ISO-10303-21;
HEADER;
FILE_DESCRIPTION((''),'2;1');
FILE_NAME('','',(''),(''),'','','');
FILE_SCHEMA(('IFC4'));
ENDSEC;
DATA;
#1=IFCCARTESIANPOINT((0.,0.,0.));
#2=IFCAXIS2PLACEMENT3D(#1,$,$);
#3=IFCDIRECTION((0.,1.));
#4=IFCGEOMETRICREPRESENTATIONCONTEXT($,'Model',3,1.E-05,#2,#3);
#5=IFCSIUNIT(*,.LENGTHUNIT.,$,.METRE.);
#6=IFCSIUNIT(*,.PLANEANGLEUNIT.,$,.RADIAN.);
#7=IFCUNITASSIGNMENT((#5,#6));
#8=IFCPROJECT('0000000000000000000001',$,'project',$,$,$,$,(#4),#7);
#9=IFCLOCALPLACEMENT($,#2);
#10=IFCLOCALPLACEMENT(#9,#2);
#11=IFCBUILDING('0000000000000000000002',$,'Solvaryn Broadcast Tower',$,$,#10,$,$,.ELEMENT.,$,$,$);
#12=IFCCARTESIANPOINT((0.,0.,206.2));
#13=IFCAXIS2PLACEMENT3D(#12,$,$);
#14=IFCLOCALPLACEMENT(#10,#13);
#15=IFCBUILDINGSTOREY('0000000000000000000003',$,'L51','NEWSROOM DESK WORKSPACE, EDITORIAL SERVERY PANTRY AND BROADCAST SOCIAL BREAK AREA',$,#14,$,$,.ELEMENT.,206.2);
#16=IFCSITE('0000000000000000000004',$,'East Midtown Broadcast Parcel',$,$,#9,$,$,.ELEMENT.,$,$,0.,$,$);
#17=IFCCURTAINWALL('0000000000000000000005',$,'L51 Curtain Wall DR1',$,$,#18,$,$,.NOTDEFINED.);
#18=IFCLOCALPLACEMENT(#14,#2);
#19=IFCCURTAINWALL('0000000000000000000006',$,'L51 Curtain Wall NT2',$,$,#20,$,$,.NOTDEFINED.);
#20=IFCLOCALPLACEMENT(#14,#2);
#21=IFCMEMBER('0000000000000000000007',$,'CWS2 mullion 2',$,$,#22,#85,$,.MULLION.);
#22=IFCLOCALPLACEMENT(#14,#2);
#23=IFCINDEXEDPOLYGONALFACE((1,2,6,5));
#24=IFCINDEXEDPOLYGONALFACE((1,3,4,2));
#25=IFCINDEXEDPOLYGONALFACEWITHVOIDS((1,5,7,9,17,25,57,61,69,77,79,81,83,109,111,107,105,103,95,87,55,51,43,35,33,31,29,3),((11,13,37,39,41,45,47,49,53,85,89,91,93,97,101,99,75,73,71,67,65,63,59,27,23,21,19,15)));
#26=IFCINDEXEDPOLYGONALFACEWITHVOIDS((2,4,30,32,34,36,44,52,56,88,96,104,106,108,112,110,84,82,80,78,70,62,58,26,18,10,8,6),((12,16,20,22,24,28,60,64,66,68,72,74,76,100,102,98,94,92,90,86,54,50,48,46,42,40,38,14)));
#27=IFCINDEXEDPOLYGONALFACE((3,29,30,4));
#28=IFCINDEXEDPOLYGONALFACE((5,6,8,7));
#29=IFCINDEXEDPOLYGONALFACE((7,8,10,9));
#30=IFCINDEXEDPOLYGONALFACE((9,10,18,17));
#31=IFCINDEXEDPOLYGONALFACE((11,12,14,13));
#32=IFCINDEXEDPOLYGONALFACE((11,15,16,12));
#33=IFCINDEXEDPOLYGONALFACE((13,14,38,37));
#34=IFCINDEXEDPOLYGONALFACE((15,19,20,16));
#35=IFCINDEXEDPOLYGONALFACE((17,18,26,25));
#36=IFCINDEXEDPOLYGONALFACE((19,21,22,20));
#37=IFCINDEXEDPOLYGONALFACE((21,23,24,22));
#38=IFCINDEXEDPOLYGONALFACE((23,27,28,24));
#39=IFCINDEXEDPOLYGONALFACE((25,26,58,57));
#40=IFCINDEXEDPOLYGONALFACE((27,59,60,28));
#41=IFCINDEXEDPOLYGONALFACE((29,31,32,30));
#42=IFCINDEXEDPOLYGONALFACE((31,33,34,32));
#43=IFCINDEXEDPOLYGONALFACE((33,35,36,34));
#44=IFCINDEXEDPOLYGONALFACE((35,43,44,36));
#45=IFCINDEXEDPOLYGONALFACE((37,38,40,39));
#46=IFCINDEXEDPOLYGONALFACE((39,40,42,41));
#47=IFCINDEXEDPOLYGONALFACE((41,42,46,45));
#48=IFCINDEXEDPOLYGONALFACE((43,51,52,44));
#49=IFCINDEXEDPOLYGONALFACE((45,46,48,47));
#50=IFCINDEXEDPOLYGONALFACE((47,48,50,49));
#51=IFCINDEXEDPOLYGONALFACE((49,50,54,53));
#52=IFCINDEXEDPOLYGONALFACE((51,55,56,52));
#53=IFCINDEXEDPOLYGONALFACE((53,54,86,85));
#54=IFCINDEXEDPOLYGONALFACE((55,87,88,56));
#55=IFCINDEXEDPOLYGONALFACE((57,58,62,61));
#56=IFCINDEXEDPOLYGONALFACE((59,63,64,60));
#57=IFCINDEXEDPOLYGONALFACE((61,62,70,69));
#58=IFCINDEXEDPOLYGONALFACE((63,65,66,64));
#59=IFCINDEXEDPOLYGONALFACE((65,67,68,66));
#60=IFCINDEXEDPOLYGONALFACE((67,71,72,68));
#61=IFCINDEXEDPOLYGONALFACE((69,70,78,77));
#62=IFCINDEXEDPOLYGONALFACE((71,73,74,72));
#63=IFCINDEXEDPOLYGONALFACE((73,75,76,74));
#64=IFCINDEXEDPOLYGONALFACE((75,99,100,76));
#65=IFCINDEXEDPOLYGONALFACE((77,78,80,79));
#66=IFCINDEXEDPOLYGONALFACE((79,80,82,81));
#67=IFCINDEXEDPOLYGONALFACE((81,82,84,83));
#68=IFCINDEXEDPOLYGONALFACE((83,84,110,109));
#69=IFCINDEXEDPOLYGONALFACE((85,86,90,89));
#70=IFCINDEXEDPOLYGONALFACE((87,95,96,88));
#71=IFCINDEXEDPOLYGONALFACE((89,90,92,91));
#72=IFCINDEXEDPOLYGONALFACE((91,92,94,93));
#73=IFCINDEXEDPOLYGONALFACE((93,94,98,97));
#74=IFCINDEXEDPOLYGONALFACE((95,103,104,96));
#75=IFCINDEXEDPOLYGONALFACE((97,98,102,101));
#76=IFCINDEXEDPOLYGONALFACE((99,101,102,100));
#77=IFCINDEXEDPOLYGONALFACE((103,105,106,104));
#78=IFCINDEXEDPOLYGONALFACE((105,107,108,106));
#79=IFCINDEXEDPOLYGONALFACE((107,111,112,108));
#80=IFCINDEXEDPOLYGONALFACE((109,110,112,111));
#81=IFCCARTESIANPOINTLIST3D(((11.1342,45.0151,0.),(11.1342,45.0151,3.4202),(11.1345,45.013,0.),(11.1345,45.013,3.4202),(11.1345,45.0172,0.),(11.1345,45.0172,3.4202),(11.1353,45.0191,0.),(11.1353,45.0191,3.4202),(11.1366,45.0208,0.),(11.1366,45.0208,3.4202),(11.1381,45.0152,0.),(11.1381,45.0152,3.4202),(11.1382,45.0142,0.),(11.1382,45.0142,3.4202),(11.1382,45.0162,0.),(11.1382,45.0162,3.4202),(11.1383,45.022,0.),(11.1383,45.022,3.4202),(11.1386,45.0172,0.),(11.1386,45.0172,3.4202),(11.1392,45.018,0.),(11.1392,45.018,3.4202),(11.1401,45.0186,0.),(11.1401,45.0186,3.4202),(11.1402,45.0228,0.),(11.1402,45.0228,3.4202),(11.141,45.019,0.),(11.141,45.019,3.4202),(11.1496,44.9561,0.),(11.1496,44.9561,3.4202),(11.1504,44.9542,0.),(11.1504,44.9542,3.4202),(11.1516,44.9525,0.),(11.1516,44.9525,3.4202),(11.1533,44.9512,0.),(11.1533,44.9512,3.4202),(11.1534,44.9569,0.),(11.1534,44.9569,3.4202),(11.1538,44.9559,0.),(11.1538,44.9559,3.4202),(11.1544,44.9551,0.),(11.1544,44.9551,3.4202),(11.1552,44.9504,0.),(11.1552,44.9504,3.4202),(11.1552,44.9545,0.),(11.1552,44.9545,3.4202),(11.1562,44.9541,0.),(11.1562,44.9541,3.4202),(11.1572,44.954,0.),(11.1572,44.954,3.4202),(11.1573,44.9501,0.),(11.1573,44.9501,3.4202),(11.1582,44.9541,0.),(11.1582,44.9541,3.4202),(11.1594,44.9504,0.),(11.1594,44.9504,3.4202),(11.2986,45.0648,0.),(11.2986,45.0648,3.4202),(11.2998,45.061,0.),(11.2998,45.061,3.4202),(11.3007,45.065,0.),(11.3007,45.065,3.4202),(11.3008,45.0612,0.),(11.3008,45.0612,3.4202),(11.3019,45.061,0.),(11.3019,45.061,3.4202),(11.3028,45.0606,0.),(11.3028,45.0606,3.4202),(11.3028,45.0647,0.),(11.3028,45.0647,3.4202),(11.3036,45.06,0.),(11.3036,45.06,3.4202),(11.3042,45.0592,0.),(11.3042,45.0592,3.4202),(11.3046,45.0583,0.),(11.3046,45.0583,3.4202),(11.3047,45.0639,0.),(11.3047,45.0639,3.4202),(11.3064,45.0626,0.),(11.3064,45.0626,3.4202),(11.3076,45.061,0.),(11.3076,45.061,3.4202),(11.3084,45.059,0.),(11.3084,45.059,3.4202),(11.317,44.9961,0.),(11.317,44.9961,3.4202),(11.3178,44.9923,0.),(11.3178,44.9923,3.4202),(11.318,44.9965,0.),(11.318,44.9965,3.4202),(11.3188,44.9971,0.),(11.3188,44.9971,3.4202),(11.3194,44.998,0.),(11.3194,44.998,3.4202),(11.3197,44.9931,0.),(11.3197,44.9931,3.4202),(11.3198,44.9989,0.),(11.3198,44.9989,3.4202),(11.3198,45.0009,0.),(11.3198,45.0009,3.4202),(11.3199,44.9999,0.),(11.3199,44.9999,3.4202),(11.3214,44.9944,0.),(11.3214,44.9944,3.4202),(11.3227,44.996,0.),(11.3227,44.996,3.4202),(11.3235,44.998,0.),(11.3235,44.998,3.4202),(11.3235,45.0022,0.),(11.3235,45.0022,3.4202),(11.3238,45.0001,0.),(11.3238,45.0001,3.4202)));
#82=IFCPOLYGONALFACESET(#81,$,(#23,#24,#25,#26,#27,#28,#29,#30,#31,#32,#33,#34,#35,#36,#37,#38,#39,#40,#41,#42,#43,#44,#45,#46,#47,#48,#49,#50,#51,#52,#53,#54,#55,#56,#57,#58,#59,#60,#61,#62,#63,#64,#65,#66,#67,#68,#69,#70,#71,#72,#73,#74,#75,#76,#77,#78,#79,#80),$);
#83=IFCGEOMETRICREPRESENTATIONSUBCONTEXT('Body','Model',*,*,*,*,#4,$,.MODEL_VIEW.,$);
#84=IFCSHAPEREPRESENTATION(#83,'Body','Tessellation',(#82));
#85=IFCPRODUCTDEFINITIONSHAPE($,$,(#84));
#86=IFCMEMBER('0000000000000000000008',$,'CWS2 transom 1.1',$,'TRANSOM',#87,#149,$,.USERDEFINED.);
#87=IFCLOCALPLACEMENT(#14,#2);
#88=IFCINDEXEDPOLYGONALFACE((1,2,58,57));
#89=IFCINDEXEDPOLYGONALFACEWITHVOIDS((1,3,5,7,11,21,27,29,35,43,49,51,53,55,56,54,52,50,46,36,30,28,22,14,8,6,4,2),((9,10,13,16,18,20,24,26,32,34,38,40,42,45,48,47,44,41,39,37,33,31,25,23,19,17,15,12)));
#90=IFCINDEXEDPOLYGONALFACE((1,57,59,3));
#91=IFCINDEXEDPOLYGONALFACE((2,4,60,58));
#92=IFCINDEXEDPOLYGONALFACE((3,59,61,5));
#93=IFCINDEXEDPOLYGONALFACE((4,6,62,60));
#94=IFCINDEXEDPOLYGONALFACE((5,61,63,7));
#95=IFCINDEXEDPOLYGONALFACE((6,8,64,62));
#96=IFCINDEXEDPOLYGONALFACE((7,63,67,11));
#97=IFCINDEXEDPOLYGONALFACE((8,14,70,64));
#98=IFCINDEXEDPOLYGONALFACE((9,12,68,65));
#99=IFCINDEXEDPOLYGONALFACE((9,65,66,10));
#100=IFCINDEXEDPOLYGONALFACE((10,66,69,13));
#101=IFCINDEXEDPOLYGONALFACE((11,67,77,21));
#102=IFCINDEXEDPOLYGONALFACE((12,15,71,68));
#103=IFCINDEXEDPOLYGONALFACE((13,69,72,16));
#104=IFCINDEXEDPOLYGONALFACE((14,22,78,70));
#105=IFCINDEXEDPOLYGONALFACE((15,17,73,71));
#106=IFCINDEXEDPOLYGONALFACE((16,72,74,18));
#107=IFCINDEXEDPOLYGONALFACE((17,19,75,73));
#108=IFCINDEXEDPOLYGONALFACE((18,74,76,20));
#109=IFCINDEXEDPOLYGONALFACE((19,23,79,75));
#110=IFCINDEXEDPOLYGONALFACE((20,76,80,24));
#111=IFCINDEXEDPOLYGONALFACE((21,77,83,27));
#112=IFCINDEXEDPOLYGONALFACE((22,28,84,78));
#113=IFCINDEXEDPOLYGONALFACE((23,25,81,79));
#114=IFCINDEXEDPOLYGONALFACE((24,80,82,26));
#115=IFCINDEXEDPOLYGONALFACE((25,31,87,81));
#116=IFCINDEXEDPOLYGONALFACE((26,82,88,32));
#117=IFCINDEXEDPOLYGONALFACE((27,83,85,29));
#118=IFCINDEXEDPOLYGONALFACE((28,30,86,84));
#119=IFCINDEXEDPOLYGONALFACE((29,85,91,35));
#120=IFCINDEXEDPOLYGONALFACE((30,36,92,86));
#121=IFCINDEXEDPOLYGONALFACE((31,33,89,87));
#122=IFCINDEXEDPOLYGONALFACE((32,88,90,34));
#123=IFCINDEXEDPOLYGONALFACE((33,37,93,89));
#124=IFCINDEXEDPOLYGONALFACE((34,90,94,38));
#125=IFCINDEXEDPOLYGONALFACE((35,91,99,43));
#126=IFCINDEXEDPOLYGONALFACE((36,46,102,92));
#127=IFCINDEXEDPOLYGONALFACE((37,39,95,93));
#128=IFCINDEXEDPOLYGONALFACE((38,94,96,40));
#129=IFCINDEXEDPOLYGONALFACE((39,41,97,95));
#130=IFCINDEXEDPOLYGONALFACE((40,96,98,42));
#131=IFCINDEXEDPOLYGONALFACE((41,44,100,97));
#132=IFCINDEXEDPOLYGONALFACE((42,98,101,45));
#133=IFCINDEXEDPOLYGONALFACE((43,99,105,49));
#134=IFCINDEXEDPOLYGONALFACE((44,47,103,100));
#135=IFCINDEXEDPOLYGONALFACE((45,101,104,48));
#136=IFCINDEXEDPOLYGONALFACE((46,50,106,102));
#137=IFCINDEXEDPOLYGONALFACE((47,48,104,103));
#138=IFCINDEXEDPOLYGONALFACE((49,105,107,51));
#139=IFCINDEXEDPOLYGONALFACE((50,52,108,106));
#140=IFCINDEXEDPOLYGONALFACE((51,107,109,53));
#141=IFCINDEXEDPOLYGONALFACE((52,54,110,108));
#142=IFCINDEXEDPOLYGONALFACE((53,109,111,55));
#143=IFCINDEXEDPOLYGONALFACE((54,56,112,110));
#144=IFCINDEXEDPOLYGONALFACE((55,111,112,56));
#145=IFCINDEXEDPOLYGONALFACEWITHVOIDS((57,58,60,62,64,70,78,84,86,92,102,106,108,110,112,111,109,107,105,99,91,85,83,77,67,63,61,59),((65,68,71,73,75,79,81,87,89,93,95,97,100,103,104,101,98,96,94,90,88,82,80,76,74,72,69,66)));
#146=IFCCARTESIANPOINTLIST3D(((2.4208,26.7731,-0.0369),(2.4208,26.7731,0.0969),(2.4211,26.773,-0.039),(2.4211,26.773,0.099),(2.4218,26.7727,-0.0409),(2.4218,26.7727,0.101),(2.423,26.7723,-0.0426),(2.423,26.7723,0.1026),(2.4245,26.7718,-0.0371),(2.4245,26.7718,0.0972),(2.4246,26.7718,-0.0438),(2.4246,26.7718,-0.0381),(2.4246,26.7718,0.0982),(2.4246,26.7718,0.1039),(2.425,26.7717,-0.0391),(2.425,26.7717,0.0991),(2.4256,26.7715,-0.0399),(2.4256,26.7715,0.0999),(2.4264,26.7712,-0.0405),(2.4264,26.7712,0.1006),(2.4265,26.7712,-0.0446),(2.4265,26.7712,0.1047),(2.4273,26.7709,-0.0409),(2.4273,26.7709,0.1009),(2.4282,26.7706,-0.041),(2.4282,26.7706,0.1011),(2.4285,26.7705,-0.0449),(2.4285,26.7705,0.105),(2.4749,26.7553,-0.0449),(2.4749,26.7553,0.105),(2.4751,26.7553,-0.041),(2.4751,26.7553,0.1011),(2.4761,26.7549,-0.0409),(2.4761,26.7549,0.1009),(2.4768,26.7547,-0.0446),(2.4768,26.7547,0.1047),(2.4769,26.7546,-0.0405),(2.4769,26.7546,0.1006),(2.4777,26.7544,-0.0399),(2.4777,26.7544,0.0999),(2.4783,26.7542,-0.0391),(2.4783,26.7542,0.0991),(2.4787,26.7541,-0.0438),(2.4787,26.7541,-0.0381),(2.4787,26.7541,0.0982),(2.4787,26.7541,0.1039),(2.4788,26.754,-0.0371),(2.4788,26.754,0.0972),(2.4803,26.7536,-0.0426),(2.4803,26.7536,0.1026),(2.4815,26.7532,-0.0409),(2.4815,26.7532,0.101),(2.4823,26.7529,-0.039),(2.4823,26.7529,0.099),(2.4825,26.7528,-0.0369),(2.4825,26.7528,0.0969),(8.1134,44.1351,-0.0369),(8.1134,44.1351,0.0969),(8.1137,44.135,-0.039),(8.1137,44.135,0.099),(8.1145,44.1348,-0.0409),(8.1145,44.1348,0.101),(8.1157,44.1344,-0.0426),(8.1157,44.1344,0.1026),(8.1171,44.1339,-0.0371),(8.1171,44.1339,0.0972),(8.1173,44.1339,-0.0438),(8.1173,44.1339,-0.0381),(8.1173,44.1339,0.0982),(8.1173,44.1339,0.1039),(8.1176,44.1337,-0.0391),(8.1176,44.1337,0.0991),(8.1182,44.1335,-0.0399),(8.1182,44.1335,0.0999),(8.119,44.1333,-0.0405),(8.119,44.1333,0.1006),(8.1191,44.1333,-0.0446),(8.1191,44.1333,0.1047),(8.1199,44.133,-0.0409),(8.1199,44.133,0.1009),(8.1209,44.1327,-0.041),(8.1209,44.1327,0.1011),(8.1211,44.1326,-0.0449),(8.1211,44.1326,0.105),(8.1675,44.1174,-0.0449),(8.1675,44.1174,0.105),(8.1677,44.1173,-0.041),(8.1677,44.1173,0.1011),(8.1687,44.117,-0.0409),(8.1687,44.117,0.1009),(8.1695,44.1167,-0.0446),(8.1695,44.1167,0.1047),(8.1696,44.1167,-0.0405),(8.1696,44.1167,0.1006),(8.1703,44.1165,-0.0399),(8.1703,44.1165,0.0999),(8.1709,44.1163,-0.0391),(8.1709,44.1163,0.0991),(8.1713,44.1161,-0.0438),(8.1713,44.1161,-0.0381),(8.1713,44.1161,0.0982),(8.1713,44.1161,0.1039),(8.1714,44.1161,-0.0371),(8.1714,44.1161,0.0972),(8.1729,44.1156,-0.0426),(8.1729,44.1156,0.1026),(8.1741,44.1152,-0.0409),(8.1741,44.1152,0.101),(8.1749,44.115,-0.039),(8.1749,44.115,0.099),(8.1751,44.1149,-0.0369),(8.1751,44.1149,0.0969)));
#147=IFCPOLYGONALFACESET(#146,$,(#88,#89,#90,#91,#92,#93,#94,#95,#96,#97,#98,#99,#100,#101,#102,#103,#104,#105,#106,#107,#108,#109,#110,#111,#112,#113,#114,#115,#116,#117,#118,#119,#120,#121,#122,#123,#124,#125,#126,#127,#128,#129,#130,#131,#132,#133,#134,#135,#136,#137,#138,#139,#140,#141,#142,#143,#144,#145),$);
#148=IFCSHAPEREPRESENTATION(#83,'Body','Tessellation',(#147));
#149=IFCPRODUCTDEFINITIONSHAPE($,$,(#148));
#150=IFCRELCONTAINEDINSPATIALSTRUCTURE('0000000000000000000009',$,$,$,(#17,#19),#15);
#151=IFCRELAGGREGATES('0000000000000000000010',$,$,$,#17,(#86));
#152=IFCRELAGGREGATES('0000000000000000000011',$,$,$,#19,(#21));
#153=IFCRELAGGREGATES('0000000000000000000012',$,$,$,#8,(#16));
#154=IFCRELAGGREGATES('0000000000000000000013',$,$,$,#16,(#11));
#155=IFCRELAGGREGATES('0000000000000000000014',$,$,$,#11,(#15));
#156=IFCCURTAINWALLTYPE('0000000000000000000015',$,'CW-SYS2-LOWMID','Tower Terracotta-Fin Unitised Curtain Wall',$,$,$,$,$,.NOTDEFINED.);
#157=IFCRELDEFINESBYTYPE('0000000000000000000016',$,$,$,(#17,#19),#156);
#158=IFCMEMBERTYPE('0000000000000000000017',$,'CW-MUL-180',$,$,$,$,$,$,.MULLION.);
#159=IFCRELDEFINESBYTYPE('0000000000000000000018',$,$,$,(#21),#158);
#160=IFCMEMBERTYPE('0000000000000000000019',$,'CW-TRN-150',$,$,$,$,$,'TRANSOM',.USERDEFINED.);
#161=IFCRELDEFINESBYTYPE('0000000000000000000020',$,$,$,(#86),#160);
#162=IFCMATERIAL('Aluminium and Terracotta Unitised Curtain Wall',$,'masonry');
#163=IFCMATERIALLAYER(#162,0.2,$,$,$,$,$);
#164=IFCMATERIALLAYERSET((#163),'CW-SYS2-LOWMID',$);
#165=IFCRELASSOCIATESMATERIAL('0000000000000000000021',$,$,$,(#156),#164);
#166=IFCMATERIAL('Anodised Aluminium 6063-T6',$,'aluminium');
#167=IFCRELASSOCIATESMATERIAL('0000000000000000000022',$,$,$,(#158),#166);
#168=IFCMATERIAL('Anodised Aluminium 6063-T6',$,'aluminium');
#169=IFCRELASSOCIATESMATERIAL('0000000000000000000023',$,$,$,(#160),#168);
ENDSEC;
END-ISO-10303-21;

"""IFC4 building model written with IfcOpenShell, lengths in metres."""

from ifc_helpers import new_model, si_unit, direction, frame, origin, origin_2d, place, context, subcontext, project, spatial, hollow_rectangle, extrude, material, layer, layer_set, material_profile, profile_set, type_object, element, aggregate, save


model = new_model("IFC4")

# Units and contexts
model_context = context("Model", 3, precision=1e-05, world=origin(), true_north=direction((0.0, 1.0)))
body_context = subcontext(model_context, "Body", "Model", "MODEL_VIEW")
ifc_project = project(units=[si_unit("LENGTHUNIT", "METRE"), si_unit("PLANEANGLEUNIT", "RADIAN")], contexts=[model_context])

# Site, building, storey
site_placement = place(None, origin())
site = spatial("IfcSite", under=ifc_project, at=site_placement, Name="East Midtown Broadcast Parcel", CompositionType="ELEMENT", RefElevation=0.0)
building_placement = place(site_placement, origin())
building = spatial("IfcBuilding", under=site, at=building_placement, Name="Solvaryn Broadcast Tower", CompositionType="ELEMENT")
storey_placement = place(building_placement, frame((0.0, 0.0, 206.2)))
storey = spatial("IfcBuildingStorey", under=building, at=storey_placement, Name="L51", Description="NEWSROOM DESK WORKSPACE, EDITORIAL SERVERY PANTRY AND BROADCAST SOCIAL BREAK AREA", CompositionType="ELEMENT", Elevation=206.2)

# Curtain walls, member
ifc_material_1 = material(Name="Aluminium and Terracotta Unitised Curtain Wall", Category="masonry")
ifc_layer_1 = layer(ifc_material_1, 0.2)
ifc_layer_set_1 = layer_set([ifc_layer_1], Name="CW-SYS2-LOWMID")
curtain_wall_type = type_object("IfcCurtainWallType", Name="CW-SYS2-LOWMID", Description="Tower Terracotta-Fin Unitised Curtain Wall", PredefinedType="NOTDEFINED", material=ifc_layer_set_1)
curtain_wall_1_placement = place(storey_placement, origin())
curtain_wall_1 = element("IfcCurtainWall", 1, at=curtain_wall_1_placement, inside=storey, type_object=curtain_wall_type, Name="L51 Curtain Wall DR1", PredefinedType="NOTDEFINED")
ifc_material_2 = material(Name="Anodised Aluminium 6063-T6", Category="aluminium")
ifc_material_profile_1 = material_profile(ifc_material_2, hollow_rectangle(XDim=0.075, YDim=0.1799, WallThickness=0.0039, InnerFilletRadius=0.0039, OuterFilletRadius=0.0081, at=origin_2d()))
ifc_profile_set_1 = profile_set([ifc_material_profile_1], Name="Anodised Aluminium 6063-T6")
member_type_1 = type_object("IfcMemberType", Name="CW-MUL-180", PredefinedType="MULLION", material=ifc_profile_set_1)
curtain_wall_2_placement = place(storey_placement, origin())
curtain_wall_2 = element("IfcCurtainWall", 2, at=curtain_wall_2_placement, inside=storey, type_object=curtain_wall_type, Name="L51 Curtain Wall NT2", PredefinedType="NOTDEFINED")
member_1_placement = place(storey_placement, frame((11.229, 45.0076, 0.0), z_axis=(0.0, 0.0, 1.0), x_axis=(0.255893, -0.966705, 0.0)))
member_1 = element("IfcMember", 3, at=member_1_placement, type_object=member_type_1, Name="CWS2 mullion 2", PredefinedType="MULLION", context=body_context, shape_type="SweptSolid", body=[
    extrude(hollow_rectangle(XDim=0.075, YDim=0.1799, WallThickness=0.0039, InnerFilletRadius=0.0039, OuterFilletRadius=0.0081, at=origin_2d()), origin(), (0.0, 0.0, 1.0), 3.4202),
])

# Member
ifc_material_3 = material(Name="Anodised Aluminium 6063-T6", Category="aluminium")
ifc_material_profile_2 = material_profile(ifc_material_3, hollow_rectangle(XDim=0.0649, YDim=0.1499, WallThickness=0.0039, InnerFilletRadius=0.0039, OuterFilletRadius=0.0081, at=origin_2d()))
ifc_profile_set_2 = profile_set([ifc_material_profile_2], Name="Anodised Aluminium 6063-T6")
member_type_2 = type_object("IfcMemberType", Name="CW-TRN-150", ElementType="TRANSOM", PredefinedType="USERDEFINED", material=ifc_profile_set_2)
member_2_placement = place(storey_placement, frame((8.1443, 44.125, 0.03), z_axis=(-0.311558, -0.950227, 0.0), x_axis=(0.950227, -0.311558, 0.0)))
member_2 = element("IfcMember", 4, at=member_2_placement, type_object=member_type_2, Name="CWS2 transom 1.1", ObjectType="TRANSOM", PredefinedType="USERDEFINED", context=body_context, shape_type="SweptSolid", body=[
    extrude(hollow_rectangle(XDim=0.0649, YDim=0.1499, WallThickness=0.0039, InnerFilletRadius=0.0039, OuterFilletRadius=0.0081, at=origin_2d()), origin(), (0.0, 0.0, 1.0), 18.2715),
])

aggregate(curtain_wall_1, [member_2])
aggregate(curtain_wall_2, [member_1])

save(model, "model.ifc")
